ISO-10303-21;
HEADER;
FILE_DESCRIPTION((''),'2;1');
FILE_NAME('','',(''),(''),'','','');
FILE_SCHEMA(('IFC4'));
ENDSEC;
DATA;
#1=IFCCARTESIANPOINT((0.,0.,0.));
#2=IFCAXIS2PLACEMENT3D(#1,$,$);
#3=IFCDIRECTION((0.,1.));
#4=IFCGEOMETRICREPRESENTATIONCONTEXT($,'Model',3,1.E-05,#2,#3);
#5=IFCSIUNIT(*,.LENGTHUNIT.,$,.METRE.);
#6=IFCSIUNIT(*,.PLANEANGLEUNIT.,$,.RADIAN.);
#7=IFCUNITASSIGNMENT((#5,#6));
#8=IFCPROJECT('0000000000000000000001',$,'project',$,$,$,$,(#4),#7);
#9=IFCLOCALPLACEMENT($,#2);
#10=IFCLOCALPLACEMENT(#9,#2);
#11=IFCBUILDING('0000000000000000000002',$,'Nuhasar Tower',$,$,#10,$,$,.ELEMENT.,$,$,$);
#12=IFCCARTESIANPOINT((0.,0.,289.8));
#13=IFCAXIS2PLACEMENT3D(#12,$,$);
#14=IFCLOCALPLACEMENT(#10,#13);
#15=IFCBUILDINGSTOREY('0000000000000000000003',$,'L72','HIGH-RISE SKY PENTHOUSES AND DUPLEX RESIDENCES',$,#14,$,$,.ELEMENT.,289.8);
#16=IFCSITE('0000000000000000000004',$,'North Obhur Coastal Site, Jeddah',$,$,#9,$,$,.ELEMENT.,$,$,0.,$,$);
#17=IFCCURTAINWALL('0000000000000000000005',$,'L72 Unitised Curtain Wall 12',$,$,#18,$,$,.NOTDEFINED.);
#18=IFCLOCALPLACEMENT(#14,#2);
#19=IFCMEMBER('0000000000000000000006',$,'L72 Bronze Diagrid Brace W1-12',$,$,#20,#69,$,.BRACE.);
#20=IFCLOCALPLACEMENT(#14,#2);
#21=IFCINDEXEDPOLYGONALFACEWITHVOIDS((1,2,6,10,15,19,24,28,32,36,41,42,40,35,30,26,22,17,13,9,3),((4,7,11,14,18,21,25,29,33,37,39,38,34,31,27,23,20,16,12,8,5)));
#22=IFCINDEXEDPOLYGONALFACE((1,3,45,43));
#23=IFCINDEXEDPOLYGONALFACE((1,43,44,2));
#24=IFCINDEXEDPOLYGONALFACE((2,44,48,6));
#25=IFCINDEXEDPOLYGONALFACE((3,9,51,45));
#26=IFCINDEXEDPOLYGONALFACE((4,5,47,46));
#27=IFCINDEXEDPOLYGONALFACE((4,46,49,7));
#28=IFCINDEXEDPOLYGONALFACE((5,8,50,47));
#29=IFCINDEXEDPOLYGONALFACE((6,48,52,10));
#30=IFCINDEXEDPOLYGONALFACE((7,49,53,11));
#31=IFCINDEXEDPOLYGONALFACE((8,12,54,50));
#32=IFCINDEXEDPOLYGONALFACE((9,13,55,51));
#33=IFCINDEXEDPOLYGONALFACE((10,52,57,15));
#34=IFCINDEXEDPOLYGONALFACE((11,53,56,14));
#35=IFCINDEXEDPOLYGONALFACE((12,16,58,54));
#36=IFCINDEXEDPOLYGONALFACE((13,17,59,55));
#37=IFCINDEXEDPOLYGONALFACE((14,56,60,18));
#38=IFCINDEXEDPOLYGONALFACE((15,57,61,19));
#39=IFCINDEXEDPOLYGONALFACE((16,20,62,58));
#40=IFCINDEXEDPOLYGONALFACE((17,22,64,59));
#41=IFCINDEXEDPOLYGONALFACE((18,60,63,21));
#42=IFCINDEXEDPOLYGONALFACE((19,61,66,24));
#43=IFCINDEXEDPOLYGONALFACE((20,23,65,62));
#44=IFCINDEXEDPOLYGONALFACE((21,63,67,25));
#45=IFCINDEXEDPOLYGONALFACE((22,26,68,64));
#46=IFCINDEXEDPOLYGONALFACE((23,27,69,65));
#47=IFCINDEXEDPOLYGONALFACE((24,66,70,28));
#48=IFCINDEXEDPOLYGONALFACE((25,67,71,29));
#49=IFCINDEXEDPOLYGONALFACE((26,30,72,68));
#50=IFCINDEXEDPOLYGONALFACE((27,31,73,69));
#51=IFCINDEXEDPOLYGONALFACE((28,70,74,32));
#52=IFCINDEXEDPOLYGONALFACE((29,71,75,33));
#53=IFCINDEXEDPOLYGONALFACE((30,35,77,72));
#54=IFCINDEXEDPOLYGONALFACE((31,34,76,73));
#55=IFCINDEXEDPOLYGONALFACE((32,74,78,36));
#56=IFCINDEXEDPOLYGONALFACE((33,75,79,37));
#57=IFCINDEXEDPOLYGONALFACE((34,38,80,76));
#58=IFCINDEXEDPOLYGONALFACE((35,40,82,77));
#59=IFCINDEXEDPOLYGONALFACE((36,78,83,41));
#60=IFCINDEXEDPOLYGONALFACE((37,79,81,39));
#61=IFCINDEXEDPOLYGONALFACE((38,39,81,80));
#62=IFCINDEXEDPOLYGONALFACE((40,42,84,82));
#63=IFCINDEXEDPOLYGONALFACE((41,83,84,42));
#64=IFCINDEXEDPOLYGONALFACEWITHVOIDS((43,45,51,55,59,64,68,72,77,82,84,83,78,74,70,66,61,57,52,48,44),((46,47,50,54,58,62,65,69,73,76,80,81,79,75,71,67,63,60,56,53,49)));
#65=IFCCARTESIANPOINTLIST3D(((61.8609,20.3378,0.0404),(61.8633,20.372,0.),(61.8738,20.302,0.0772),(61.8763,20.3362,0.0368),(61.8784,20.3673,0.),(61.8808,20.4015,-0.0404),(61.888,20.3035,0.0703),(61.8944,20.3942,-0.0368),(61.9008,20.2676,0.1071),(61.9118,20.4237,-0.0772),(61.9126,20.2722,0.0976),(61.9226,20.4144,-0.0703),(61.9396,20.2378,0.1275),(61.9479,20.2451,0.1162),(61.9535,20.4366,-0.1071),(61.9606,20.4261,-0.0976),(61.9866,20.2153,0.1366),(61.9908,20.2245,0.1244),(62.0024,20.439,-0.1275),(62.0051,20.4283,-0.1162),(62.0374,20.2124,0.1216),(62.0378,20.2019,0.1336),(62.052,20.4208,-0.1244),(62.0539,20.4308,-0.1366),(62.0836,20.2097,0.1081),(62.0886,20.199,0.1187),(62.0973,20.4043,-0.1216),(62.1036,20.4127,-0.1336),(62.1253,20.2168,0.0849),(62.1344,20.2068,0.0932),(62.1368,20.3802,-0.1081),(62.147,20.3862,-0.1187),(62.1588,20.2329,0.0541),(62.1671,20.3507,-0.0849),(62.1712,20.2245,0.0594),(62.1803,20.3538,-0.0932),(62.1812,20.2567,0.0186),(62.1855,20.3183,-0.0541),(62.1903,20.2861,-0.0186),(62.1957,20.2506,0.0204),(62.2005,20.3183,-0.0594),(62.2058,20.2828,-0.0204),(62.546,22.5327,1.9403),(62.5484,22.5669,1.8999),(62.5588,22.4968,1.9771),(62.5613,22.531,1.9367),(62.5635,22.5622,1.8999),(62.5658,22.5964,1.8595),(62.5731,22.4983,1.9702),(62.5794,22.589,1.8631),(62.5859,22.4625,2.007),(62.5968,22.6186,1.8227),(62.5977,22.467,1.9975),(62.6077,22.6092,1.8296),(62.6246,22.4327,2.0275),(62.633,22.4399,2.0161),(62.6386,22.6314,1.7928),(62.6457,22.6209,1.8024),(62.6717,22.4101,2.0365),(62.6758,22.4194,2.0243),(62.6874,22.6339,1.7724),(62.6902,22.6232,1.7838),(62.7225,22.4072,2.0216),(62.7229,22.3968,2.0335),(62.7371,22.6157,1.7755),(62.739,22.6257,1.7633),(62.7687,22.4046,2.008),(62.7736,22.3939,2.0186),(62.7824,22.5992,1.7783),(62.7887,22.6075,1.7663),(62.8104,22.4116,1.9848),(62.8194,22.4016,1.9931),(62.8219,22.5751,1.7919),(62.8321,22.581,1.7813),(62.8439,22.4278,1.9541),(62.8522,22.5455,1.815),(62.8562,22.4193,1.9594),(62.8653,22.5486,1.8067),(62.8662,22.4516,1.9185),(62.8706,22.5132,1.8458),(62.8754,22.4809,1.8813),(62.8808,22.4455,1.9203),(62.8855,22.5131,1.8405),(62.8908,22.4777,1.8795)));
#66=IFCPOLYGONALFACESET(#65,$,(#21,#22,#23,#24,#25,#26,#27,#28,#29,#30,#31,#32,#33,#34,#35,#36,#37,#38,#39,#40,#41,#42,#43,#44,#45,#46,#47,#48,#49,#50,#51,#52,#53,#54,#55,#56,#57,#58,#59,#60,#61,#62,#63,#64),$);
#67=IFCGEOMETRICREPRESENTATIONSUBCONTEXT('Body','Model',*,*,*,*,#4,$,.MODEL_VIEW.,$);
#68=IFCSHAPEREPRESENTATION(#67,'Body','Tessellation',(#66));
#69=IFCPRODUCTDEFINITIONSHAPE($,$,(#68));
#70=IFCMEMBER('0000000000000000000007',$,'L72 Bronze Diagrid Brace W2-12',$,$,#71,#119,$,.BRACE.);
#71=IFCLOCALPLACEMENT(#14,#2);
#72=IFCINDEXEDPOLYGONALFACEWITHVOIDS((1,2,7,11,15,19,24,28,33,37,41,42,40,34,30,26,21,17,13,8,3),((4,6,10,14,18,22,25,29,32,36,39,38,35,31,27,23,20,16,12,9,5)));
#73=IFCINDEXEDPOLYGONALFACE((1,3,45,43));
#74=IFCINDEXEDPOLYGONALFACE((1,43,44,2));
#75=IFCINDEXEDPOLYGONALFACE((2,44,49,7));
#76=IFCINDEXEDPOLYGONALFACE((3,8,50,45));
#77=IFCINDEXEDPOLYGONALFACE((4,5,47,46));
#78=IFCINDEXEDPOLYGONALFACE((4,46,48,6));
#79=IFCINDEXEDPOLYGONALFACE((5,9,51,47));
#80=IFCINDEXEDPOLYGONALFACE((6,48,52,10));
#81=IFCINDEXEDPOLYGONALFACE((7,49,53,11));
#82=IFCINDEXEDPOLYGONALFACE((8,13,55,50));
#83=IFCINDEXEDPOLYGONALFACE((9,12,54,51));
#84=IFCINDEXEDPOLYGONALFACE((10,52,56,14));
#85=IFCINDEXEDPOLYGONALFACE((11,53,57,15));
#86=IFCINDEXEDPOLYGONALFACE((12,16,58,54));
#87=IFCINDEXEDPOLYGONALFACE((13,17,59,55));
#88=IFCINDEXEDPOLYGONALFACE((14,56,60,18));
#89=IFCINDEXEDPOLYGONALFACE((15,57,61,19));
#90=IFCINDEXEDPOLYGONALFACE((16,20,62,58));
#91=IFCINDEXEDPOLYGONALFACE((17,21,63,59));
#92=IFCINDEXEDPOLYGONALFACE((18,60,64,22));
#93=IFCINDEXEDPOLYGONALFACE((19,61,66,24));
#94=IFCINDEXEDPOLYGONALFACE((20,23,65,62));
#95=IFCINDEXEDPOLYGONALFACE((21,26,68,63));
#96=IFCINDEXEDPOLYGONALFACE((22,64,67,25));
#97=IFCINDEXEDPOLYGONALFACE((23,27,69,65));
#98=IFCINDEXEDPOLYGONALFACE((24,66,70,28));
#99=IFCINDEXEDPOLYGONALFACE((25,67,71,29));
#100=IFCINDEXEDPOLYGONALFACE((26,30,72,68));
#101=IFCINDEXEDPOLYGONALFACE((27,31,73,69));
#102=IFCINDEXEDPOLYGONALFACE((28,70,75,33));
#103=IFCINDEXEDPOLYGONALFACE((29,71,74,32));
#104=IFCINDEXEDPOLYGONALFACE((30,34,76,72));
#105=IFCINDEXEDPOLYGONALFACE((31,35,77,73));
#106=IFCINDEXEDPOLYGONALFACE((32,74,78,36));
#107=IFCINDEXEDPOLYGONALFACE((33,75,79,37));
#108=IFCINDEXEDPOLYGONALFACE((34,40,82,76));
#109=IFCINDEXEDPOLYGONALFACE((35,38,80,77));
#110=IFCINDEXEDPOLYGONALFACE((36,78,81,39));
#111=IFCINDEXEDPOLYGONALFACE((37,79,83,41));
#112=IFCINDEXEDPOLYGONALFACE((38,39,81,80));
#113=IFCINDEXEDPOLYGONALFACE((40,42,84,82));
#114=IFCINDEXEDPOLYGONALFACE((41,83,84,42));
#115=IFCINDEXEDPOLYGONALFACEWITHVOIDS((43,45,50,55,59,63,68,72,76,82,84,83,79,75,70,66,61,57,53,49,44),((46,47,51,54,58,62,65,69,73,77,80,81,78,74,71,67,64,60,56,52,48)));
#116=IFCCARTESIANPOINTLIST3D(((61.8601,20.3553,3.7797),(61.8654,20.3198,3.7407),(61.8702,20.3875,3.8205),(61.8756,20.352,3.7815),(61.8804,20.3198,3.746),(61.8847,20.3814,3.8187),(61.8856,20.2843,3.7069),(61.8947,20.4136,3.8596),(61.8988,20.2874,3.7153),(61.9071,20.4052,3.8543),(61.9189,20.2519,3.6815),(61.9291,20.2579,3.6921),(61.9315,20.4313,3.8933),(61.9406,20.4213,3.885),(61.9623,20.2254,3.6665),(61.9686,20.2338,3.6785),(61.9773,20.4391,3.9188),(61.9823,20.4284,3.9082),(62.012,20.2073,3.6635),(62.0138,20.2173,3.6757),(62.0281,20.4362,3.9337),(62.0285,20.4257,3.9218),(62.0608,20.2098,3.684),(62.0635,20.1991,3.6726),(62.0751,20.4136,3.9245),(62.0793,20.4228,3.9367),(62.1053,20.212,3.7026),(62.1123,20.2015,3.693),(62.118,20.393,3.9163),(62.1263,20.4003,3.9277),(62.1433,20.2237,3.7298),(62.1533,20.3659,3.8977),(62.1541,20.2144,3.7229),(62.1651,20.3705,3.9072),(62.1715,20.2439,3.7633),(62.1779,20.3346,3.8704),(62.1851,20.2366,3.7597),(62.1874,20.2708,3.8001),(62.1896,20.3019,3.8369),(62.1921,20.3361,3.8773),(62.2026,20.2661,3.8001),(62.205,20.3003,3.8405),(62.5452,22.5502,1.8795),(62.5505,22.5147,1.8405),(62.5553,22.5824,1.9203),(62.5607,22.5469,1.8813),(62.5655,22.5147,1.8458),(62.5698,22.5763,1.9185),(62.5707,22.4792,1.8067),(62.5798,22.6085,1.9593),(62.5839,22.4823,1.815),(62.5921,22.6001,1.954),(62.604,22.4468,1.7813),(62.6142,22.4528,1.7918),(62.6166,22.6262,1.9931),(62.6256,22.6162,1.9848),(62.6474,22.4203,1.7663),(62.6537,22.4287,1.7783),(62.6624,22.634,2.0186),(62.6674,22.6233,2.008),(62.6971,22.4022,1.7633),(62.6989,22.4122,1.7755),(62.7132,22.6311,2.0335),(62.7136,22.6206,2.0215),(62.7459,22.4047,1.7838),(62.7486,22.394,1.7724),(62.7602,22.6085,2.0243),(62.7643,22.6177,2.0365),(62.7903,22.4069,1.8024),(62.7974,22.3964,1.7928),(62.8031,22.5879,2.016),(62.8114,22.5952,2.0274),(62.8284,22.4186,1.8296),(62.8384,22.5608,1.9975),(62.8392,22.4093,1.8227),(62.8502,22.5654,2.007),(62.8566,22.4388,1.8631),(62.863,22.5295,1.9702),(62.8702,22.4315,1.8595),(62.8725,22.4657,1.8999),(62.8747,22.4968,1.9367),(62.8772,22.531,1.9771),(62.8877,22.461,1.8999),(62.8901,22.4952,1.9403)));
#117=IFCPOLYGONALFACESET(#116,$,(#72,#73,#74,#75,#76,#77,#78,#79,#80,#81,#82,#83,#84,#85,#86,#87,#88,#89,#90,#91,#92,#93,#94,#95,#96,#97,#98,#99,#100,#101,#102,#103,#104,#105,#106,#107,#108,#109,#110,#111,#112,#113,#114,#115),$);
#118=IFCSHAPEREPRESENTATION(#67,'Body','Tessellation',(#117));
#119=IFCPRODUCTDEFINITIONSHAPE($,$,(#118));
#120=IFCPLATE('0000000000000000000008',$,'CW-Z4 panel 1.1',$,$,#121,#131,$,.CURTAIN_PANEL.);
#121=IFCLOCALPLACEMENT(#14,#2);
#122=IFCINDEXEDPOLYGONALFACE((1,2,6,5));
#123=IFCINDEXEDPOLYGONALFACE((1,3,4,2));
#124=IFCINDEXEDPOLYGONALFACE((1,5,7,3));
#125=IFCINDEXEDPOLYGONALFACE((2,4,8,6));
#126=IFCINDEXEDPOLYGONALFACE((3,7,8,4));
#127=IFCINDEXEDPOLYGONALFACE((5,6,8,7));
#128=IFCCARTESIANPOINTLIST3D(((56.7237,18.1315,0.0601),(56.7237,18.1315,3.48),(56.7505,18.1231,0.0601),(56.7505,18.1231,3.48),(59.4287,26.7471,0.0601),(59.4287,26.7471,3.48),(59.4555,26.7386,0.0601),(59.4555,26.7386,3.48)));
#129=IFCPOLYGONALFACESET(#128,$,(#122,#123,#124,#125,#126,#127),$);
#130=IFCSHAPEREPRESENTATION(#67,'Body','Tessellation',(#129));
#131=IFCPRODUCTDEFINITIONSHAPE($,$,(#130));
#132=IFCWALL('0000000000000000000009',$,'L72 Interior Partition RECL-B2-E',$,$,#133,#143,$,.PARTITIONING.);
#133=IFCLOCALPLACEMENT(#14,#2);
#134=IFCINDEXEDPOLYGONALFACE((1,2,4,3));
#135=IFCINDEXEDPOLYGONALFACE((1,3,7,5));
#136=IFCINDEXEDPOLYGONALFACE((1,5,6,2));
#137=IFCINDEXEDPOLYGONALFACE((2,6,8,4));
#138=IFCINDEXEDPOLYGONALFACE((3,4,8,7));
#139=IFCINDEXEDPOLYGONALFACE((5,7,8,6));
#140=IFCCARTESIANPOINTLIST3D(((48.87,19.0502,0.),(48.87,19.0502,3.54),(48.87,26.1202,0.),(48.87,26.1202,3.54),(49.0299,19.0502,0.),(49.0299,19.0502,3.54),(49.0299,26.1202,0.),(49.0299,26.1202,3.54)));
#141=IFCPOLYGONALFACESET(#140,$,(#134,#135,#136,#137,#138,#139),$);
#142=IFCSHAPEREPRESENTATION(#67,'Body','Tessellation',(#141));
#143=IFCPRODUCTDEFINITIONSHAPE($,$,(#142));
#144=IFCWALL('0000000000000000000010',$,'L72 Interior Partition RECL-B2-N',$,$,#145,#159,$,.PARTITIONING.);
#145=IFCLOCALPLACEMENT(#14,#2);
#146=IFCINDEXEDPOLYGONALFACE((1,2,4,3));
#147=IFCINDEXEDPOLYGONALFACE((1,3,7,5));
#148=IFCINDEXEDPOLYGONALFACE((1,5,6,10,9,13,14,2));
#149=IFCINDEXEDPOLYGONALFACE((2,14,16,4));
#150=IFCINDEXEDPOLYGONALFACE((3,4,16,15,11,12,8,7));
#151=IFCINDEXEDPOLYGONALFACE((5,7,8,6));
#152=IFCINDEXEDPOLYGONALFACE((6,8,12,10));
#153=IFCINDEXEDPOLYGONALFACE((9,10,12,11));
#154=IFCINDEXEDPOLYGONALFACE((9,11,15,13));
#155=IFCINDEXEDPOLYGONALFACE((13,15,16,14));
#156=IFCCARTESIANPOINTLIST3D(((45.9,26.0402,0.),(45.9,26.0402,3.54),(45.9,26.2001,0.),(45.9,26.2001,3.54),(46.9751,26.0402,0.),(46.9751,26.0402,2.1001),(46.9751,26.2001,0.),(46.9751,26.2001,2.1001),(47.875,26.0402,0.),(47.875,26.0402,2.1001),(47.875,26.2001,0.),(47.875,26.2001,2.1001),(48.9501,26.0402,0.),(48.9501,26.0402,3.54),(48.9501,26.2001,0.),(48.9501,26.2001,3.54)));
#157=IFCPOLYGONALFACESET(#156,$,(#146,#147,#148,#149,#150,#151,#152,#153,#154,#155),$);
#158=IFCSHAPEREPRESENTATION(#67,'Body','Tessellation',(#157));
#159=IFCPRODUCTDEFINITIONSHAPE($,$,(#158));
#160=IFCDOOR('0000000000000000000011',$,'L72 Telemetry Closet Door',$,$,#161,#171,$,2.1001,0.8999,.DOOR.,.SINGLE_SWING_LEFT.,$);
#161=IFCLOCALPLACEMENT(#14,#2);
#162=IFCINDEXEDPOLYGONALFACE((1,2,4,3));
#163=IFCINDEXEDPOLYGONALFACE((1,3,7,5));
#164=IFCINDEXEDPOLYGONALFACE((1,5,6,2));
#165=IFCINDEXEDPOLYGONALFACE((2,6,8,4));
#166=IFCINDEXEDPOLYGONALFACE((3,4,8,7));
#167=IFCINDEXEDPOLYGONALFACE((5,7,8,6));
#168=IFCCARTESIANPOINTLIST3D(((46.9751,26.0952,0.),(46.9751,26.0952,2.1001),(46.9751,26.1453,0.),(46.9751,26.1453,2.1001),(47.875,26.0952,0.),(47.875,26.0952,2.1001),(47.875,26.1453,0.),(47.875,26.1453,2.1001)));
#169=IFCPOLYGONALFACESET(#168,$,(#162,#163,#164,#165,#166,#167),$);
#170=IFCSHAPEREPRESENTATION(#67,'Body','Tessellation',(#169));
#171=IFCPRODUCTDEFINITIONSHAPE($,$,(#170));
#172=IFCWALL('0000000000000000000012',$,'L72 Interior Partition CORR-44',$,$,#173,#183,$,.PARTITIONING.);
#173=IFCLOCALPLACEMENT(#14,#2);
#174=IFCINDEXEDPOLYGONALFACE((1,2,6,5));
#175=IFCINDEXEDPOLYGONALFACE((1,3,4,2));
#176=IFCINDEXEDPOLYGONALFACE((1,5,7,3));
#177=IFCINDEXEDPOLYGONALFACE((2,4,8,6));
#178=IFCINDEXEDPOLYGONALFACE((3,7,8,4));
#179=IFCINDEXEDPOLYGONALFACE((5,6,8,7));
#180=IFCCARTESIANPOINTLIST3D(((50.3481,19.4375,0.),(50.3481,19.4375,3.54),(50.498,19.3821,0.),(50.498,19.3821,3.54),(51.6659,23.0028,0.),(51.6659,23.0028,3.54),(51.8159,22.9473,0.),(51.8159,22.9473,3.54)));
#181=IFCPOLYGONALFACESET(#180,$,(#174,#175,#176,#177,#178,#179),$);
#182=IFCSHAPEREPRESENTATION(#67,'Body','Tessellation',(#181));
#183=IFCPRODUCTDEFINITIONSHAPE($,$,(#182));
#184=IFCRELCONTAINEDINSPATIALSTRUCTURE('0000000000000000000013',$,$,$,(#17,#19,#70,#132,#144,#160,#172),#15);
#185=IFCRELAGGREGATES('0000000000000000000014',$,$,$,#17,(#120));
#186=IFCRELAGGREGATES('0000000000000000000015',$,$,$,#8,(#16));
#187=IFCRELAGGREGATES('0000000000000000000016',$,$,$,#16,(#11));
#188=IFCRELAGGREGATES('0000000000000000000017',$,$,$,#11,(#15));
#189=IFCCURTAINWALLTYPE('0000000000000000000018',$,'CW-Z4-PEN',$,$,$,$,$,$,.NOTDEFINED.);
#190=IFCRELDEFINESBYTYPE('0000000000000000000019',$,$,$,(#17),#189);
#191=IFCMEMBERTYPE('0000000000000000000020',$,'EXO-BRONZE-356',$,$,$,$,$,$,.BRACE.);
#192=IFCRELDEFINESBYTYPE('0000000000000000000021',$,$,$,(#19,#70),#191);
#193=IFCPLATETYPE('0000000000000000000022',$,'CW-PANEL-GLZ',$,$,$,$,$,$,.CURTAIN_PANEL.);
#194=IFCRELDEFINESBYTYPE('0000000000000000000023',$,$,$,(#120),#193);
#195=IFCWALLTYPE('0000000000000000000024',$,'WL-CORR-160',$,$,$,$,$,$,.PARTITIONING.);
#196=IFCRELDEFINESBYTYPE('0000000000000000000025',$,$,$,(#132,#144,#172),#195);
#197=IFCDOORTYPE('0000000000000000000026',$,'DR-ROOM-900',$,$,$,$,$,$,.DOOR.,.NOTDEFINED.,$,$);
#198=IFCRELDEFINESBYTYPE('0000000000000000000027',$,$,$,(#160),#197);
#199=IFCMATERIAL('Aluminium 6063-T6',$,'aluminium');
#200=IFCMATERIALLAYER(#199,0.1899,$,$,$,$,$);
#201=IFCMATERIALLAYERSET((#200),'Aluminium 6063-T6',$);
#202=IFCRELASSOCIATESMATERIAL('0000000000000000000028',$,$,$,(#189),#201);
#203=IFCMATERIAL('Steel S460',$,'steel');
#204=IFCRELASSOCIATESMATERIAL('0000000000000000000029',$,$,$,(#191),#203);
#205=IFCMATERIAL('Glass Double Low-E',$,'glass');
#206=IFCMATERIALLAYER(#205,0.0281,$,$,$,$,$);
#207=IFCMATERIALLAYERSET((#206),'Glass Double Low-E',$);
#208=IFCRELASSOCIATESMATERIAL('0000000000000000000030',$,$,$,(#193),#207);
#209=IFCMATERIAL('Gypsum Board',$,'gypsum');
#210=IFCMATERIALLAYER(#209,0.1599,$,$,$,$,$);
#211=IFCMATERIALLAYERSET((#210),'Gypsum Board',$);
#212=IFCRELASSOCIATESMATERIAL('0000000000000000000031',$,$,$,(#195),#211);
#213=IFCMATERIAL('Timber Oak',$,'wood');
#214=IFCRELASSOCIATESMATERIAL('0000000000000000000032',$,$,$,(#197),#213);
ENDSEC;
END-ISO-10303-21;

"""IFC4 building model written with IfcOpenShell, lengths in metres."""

from ifc_helpers import new_model, si_unit, direction, frame, frame_2d, origin, origin_2d, place, context, subcontext, project, spatial, rectangle, hollow_circle, extrude, material, layer, layer_set, material_profile, profile_set, type_object, element, fill, aggregate, save


model = new_model("IFC4")

# Units and contexts
model_context = context("Model", 3, precision=1e-05, world=origin(), true_north=direction((0.0, 1.0)))
body_context = subcontext(model_context, "Body", "Model", "MODEL_VIEW")
ifc_project = project(units=[si_unit("LENGTHUNIT", "METRE"), si_unit("PLANEANGLEUNIT", "RADIAN")], contexts=[model_context])

# Site, building, storey
site_placement = place(None, origin())
site = spatial("IfcSite", under=ifc_project, at=site_placement, Name="North Obhur Coastal Site, Jeddah", CompositionType="ELEMENT", RefElevation=0.0)
building_placement = place(site_placement, origin())
building = spatial("IfcBuilding", under=site, at=building_placement, Name="Nuhasar Tower", CompositionType="ELEMENT")
storey_placement = place(building_placement, frame((0.0, 0.0, 289.8)))
storey = spatial("IfcBuildingStorey", under=building, at=storey_placement, Name="L72", Description="HIGH-RISE SKY PENTHOUSES AND DUPLEX RESIDENCES", CompositionType="ELEMENT", Elevation=289.8)

# Curtain wall
ifc_material_1 = material(Name="Aluminium 6063-T6", Category="aluminium")
ifc_layer_1 = layer(ifc_material_1, 0.1899)
ifc_layer_set_1 = layer_set([ifc_layer_1], Name="Aluminium 6063-T6")
curtain_wall_type = type_object("IfcCurtainWallType", Name="CW-Z4-PEN", PredefinedType="NOTDEFINED", material=ifc_layer_set_1)
curtain_wall_1_placement = place(storey_placement, origin())
curtain_wall_1 = element("IfcCurtainWall", 1, at=curtain_wall_1_placement, inside=storey, type_object=curtain_wall_type, Name="L72 Unitised Curtain Wall 12", PredefinedType="NOTDEFINED")

# Members
ifc_material_2 = material(Name="Steel S460", Category="steel")
ifc_material_profile_1 = material_profile(ifc_material_2, hollow_circle(Radius=0.1777, WallThickness=0.0159, at=origin_2d()), Name="HSS355.6X15.9")
ifc_profile_set_1 = profile_set([ifc_material_profile_1], Name="Steel S460")
member_type_1 = type_object("IfcMemberType", Name="EXO-BRONZE-356", PredefinedType="BRACE", material=ifc_profile_set_1)
member_1_placement = place(storey_placement, frame((62.033, 20.3191, 0.0), z_axis=(0.229681, 0.735864, 0.636985), x_axis=(-0.954582, 0.297948, 0.0)))
element("IfcMember", 2, at=member_1_placement, inside=storey, type_object=member_type_1, Name="L72 Bronze Diagrid Brace W1-12", PredefinedType="BRACE", context=body_context, shape_type="SweptSolid", body=[
    extrude(hollow_circle(Radius=0.1777, WallThickness=0.0159, at=origin_2d()), origin(), (0.0, 0.0, 1.0), 2.9827),
])
member_2_placement = place(storey_placement, frame((62.718, 22.5139, 1.8999), z_axis=(-0.229669, -0.735826, 0.637034), x_axis=(0.954582, -0.297948, 0.0)))
element("IfcMember", 3, at=member_2_placement, inside=storey, type_object=member_type_1, Name="L72 Bronze Diagrid Brace W2-12", PredefinedType="BRACE", context=body_context, shape_type="SweptSolid", body=[
    extrude(hollow_circle(Radius=0.1777, WallThickness=0.0159, at=origin_2d()), origin(), (0.0, 0.0, 1.0), 2.9829),
])

# Plate
ifc_material_3 = material(Name="Glass Double Low-E", Category="glass")
ifc_layer_2 = layer(ifc_material_3, 0.0281)
ifc_layer_set_2 = layer_set([ifc_layer_2], Name="Glass Double Low-E")
plate_type = type_object("IfcPlateType", Name="CW-PANEL-GLZ", PredefinedType="CURTAIN_PANEL", material=ifc_layer_set_2)
plate_placement = place(storey_placement, frame((58.0896, 22.4351, 0.0601), z_axis=(0.0, 0.0, 1.0), x_axis=(0.299557, 0.954079, 0.0)))
plate = element("IfcPlate", 4, at=plate_placement, type_object=plate_type, Name="CW-Z4 panel 1.1", PredefinedType="CURTAIN_PANEL", context=body_context, shape_type="SweptSolid", body=[
    extrude(rectangle(XDim=9.0303, YDim=0.0281, at=origin_2d()), origin(), (0.0, 0.0, 1.0), 3.4199),
])
aggregate(curtain_wall_1, [plate])

# Wall
ifc_material_4 = material(Name="Gypsum Board", Category="gypsum")
ifc_layer_3 = layer(ifc_material_4, 0.1599)
ifc_layer_set_3 = layer_set([ifc_layer_3], Name="Gypsum Board")
wall_type_1 = type_object("IfcWallType", Name="WL-CORR-160", PredefinedType="PARTITIONING", material=ifc_layer_set_3)
wall_1_placement = place(storey_placement, frame((48.95, 19.05, 0.0), z_axis=(0.0, 0.0, 1.0), x_axis=(0.0, 1.0, 0.0)))
element("IfcWall", 5, at=wall_1_placement, inside=storey, type_object=wall_type_1, Name="L72 Interior Partition RECL-B2-E", PredefinedType="PARTITIONING", context=body_context, shape_type="SweptSolid", body=[
    extrude(rectangle(XDim=7.0701, YDim=0.1599, at=frame_2d((3.5352, 0.0))), origin(), (0.0, 0.0, 1.0), 3.54),
])

# Wall, opening, door
wall_2_placement = place(storey_placement, frame((48.95, 26.1201, 0.0), z_axis=(0.0, 0.0, 1.0), x_axis=(-1.0, 0.0, 0.0)))
wall_2 = element("IfcWall", 6, at=wall_2_placement, inside=storey, type_object=wall_type_1, Name="L72 Interior Partition RECL-B2-N", PredefinedType="PARTITIONING", context=body_context, shape_type="SweptSolid", body=[
    extrude(rectangle(XDim=3.05, YDim=0.1599, at=frame_2d((1.5249, 0.0))), origin(), (0.0, 0.0, 1.0), 3.54),
])
opening_1_placement = place(wall_2_placement, frame((1.075, 0.0, 0.0)))
opening_1 = element("IfcOpeningElement", 7, at=opening_1_placement, cuts=wall_2, PredefinedType="OPENING", context=body_context, shape_type="SweptSolid", body=[
    extrude(rectangle(XDim=0.8999, YDim=2.1001, at=frame_2d((0.45, 1.05))), frame((0.0, 0.0898, 0.0), z_axis=(0.0, -1.0, 0.0), x_axis=(1.0, 0.0, 0.0)), (0.0, 0.0, 1.0), 0.1799),
])
ifc_material_5 = material(Name="Timber Oak", Category="wood")
door_type_1 = type_object("IfcDoorType", Name="DR-ROOM-900", OperationType="NOTDEFINED", PredefinedType="DOOR", material=ifc_material_5)
door_1_placement = place(opening_1_placement, origin())
door_1 = element("IfcDoor", 8, at=door_1_placement, inside=storey, type_object=door_type_1, Name="L72 Telemetry Closet Door", OperationType="SINGLE_SWING_LEFT", OverallHeight=2.1001, OverallWidth=0.8999, PredefinedType="DOOR", context=body_context, shape_type="SweptSolid", body=[
    extrude(rectangle(XDim=0.8999, YDim=2.1001, at=frame_2d((0.45, 1.05))), frame((0.0, 0.0249, 0.0), z_axis=(0.0, -1.0, 0.0), x_axis=(1.0, 0.0, 0.0)), (0.0, 0.0, 1.0), 0.05),
])
fill(opening_1, door_1)

# Wall
wall_3_placement = place(storey_placement, frame((50.4231, 19.4099, 0.0), z_axis=(0.0, 0.0, 1.0), x_axis=(0.34672, 0.937969, 0.0)))
element("IfcWall", 9, at=wall_3_placement, inside=storey, type_object=wall_type_1, Name="L72 Interior Partition CORR-44", PredefinedType="PARTITIONING", context=body_context, shape_type="SweptSolid", body=[
    extrude(rectangle(XDim=3.801, YDim=0.1599, at=frame_2d((1.9004, 0.0))), origin(), (0.0, 0.0, 1.0), 3.54),
])

save(model, "model.ifc")
